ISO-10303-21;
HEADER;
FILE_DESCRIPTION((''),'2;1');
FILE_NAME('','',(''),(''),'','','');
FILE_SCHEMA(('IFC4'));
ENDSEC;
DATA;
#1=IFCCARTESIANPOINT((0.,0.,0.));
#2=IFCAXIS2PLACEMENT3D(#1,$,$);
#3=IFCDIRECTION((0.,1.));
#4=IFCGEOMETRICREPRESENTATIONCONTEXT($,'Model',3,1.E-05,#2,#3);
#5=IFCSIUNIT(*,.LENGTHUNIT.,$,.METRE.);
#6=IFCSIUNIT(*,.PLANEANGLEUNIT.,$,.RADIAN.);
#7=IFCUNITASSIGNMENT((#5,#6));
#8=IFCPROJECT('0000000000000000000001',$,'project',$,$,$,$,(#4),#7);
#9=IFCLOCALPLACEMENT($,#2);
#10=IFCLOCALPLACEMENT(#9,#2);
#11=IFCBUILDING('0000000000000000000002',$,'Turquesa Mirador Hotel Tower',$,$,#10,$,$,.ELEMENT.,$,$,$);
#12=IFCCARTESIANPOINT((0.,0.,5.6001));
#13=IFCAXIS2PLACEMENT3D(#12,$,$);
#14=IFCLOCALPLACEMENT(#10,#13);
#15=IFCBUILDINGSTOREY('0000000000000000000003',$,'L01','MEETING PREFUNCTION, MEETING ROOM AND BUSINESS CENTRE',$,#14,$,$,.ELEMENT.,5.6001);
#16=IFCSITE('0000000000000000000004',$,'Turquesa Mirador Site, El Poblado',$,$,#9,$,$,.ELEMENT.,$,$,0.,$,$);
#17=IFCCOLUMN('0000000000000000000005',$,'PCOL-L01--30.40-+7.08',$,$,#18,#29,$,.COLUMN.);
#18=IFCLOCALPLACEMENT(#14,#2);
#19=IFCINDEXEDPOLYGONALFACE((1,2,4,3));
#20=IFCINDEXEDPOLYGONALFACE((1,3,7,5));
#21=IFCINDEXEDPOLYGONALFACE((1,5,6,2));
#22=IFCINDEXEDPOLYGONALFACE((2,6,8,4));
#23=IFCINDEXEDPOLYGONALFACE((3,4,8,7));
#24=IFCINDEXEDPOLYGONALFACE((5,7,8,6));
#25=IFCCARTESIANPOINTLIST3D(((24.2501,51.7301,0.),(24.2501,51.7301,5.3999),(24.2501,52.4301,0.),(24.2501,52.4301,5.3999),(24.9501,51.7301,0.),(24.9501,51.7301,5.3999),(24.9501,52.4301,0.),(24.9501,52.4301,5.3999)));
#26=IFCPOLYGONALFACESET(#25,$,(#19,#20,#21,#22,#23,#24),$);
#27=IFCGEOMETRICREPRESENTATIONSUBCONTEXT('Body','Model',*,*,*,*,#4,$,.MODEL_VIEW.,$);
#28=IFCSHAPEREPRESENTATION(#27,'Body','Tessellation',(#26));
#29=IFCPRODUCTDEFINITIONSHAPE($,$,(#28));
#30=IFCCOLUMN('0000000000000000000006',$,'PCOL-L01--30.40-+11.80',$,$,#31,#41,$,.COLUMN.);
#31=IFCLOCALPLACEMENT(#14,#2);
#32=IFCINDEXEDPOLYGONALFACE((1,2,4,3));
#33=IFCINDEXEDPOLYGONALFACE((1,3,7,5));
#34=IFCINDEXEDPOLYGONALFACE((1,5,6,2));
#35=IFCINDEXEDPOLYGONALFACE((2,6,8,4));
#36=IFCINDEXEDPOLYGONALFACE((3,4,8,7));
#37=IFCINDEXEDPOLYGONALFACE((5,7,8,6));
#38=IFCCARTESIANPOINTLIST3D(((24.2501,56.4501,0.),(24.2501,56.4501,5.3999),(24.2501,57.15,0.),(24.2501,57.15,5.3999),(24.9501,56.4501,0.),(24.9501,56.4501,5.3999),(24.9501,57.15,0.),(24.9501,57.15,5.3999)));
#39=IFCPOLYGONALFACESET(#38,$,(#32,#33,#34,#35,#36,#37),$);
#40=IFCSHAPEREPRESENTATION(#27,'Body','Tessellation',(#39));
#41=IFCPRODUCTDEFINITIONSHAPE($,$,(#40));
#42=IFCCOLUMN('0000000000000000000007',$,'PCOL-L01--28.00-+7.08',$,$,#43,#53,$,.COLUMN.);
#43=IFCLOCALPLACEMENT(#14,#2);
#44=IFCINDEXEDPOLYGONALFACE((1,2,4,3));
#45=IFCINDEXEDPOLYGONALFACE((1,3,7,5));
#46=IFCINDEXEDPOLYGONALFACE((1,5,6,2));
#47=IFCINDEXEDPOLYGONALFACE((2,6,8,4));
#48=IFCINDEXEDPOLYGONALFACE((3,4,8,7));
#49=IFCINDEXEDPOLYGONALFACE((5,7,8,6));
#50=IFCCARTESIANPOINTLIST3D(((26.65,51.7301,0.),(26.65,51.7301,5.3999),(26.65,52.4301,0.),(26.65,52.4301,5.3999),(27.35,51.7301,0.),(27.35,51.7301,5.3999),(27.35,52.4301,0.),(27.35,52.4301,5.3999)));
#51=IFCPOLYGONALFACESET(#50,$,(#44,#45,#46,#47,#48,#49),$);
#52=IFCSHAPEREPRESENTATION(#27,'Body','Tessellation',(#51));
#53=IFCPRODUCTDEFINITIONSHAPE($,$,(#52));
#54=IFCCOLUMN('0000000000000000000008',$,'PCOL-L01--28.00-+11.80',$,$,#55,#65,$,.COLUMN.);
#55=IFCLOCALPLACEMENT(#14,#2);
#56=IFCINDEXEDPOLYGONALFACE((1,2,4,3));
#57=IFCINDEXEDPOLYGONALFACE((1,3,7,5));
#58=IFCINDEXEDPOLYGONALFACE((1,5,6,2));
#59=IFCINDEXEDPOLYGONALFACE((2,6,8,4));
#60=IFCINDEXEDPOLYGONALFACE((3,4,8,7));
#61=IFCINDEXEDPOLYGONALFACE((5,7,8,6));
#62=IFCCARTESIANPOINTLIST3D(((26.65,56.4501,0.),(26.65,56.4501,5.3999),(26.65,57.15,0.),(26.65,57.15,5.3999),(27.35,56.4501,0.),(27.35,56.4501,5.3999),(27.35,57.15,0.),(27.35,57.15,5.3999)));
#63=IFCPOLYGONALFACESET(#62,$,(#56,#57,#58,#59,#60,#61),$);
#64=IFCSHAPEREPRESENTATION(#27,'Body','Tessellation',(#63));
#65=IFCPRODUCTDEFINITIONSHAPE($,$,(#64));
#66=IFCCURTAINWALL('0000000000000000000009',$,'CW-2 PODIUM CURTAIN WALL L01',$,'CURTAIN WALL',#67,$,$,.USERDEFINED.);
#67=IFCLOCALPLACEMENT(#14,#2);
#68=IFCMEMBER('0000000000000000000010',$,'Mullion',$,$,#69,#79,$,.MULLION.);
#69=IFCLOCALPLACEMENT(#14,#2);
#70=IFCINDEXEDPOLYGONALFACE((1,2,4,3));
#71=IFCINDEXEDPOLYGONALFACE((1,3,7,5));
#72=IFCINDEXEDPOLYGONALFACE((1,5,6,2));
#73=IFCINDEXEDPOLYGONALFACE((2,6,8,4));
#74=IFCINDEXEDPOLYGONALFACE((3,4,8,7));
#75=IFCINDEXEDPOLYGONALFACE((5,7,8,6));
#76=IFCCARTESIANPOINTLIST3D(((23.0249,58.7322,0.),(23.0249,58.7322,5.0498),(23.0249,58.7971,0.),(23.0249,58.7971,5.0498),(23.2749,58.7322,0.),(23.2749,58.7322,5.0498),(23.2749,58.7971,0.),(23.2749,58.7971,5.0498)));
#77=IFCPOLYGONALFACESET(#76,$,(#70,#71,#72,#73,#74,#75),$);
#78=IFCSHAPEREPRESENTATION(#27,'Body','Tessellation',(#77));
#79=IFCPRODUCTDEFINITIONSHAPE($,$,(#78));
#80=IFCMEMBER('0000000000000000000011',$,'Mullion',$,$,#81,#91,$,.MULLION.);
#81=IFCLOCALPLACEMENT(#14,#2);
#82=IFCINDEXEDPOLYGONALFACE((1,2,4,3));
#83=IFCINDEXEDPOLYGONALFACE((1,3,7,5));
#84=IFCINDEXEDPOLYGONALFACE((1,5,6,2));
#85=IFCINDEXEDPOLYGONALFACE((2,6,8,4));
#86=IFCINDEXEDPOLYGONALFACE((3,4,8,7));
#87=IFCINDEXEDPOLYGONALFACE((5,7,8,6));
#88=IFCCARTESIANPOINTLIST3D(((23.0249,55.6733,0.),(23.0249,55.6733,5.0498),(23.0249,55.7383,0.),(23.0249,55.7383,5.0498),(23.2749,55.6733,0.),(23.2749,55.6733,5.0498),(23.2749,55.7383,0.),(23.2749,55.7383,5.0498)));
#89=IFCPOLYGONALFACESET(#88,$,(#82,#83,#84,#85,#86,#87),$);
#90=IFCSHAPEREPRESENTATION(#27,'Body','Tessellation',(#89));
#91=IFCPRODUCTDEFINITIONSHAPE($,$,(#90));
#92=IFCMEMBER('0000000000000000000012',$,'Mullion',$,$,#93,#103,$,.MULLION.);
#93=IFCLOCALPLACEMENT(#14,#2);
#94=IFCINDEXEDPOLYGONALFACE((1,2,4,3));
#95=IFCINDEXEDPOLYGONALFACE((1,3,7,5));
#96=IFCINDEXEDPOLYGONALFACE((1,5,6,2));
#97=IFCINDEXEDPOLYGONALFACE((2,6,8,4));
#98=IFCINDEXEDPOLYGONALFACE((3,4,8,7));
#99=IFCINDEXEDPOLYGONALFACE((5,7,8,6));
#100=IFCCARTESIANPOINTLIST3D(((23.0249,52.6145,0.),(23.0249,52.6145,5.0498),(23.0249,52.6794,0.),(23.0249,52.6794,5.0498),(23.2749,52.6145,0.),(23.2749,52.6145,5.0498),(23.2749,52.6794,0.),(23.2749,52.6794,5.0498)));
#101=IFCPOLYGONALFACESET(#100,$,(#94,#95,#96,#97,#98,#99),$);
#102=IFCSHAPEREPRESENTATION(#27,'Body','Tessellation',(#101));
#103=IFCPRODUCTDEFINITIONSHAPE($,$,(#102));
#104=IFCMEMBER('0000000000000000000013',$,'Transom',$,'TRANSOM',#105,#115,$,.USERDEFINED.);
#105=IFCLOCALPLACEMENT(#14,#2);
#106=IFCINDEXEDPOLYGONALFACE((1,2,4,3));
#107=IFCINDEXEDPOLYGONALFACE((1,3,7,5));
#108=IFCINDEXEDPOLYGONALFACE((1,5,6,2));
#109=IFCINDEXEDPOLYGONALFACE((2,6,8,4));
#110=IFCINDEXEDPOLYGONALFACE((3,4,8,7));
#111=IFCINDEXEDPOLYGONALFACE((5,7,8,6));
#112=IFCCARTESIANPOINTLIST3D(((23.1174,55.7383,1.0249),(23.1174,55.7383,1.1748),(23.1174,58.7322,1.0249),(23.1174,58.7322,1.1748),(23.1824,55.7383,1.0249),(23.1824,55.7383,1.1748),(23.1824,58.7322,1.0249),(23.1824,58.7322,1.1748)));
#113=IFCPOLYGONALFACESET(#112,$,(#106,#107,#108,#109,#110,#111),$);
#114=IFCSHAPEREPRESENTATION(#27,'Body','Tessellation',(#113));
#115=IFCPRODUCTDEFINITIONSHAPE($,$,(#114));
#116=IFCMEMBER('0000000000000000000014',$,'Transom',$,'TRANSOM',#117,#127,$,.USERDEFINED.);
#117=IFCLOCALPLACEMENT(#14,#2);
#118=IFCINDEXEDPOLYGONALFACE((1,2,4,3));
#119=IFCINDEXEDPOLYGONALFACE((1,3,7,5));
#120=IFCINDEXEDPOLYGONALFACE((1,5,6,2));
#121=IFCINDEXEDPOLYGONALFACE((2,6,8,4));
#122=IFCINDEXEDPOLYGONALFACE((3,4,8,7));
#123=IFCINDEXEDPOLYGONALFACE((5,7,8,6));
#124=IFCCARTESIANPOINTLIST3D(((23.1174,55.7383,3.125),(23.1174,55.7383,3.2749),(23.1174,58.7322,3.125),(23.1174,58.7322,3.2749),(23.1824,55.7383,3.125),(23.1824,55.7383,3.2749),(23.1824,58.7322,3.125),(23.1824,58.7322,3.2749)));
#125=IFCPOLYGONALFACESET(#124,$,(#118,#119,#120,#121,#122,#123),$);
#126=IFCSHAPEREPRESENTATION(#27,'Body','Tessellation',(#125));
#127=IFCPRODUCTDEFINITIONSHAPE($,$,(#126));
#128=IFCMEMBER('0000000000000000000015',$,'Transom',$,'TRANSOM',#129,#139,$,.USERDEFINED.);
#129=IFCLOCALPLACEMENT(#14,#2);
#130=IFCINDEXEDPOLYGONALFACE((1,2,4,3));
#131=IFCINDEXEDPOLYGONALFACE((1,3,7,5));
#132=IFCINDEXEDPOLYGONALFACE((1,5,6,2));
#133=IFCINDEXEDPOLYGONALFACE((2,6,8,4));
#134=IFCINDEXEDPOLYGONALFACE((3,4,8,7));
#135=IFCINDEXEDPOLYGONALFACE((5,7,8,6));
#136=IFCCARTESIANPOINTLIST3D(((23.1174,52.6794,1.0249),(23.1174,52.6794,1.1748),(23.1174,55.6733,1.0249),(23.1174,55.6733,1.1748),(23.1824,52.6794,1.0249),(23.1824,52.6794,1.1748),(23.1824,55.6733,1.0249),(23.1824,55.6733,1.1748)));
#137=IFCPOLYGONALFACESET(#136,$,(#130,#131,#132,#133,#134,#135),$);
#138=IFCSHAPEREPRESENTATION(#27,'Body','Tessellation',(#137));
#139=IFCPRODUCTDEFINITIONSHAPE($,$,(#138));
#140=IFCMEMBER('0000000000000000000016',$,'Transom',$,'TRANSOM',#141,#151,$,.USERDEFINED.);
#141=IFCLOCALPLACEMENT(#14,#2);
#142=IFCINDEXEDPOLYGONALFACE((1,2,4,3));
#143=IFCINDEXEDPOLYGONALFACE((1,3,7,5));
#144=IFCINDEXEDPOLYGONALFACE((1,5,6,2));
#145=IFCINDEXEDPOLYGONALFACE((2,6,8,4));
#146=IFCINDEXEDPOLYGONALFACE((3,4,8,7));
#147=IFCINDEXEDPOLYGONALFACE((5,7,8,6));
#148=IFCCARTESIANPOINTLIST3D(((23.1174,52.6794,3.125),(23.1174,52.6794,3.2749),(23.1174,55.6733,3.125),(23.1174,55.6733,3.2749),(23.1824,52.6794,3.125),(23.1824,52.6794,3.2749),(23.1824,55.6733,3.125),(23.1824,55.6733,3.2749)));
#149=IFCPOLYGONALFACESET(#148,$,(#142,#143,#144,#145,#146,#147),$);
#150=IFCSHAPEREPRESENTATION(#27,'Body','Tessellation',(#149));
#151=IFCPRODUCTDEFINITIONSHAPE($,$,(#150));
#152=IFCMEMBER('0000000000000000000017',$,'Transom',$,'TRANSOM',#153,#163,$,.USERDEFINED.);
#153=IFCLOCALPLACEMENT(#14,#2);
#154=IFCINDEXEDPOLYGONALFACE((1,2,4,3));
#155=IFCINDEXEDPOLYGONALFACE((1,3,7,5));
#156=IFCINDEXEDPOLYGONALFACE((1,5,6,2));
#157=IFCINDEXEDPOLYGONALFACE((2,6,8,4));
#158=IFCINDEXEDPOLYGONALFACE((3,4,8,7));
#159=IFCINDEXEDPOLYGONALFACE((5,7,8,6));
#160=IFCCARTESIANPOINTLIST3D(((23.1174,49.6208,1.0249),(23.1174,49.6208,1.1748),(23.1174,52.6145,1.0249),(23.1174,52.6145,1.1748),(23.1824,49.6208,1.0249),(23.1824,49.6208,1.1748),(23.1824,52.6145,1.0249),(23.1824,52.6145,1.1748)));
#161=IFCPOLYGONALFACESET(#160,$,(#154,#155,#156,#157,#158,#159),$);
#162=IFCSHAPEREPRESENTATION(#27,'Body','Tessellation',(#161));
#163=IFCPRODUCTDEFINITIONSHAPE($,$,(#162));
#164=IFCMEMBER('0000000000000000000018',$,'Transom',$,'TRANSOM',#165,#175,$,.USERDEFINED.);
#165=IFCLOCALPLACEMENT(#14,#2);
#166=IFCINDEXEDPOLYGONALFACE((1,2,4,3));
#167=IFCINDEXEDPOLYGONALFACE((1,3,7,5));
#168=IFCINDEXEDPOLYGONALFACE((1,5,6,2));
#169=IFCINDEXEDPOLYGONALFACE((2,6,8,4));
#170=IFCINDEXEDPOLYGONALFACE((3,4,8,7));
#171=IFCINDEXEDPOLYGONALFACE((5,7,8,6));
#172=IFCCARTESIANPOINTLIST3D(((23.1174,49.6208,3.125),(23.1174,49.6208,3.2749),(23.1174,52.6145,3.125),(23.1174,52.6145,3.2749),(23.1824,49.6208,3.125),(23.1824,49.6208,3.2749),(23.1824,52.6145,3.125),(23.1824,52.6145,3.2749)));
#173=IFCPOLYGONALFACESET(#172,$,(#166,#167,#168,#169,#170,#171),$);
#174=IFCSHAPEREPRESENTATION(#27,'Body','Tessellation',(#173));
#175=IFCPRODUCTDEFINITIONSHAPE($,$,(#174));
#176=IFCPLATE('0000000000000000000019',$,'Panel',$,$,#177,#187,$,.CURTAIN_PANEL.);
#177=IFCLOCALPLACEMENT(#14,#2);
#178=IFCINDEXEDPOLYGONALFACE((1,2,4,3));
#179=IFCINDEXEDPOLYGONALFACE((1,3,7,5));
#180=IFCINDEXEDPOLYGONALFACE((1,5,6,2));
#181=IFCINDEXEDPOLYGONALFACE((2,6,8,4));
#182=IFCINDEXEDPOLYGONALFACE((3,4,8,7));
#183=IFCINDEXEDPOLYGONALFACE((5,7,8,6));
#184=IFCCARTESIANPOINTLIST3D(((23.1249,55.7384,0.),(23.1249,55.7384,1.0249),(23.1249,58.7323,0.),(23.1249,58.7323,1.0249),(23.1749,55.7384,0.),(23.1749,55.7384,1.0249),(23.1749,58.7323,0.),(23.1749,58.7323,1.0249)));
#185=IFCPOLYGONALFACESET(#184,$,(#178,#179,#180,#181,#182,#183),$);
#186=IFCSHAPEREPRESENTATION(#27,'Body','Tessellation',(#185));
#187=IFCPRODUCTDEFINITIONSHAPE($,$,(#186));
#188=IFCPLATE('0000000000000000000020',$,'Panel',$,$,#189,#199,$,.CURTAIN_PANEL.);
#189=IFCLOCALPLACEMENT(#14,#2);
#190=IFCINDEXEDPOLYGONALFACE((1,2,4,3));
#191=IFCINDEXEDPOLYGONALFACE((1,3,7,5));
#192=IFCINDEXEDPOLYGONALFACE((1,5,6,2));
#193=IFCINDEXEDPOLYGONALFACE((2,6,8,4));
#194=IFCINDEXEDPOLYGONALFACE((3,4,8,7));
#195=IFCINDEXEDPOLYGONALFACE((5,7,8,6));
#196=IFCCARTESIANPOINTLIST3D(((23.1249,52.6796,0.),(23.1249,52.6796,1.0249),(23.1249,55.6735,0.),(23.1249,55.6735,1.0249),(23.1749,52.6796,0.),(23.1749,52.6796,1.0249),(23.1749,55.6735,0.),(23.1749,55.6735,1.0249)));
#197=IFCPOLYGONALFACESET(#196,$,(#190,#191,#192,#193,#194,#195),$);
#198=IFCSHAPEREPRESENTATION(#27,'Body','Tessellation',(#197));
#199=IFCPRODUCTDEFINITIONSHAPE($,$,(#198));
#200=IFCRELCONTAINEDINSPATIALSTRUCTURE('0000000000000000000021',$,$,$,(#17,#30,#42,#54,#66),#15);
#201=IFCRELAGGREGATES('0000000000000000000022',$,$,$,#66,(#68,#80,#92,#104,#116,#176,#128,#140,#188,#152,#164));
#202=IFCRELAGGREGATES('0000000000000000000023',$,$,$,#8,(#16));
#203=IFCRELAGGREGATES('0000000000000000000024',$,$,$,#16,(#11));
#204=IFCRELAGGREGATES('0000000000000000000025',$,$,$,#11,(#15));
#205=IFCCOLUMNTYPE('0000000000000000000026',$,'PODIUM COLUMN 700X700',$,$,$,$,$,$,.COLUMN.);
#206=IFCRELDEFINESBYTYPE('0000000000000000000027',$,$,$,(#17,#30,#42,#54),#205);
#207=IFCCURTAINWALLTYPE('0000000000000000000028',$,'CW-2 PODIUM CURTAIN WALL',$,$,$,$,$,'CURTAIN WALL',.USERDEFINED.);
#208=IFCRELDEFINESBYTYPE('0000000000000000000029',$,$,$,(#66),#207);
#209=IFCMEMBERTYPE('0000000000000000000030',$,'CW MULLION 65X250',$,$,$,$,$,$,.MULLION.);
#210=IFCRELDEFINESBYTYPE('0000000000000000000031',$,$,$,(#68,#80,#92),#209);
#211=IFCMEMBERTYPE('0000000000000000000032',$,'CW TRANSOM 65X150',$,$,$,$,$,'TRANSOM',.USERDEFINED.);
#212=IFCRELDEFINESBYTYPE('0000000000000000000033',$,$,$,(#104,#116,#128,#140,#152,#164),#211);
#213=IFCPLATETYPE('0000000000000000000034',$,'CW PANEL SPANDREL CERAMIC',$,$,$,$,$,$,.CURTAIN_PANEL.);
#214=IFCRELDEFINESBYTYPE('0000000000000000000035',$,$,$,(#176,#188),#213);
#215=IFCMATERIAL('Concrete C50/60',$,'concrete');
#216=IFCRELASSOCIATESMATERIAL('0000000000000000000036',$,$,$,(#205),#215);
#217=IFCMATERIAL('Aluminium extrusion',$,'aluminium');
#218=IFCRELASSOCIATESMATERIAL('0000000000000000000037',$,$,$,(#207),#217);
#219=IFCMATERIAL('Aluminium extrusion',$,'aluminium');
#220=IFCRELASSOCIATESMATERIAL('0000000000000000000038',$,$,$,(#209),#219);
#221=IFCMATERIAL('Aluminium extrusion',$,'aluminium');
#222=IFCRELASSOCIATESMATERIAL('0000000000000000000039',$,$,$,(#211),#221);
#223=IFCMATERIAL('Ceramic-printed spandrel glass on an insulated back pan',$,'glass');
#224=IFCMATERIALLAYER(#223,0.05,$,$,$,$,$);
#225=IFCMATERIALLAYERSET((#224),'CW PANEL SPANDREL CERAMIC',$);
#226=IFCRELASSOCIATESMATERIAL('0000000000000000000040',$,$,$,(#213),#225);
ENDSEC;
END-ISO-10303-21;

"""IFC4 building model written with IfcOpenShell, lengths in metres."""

from ifc_helpers import new_model, si_unit, direction, frame, origin, origin_2d, place, context, subcontext, project, spatial, rectangle, extrude, material, layer, layer_set, material_profile, profile_set, type_object, element, aggregate, save


model = new_model("IFC4")

# Units and contexts
model_context = context("Model", 3, precision=1e-05, world=origin(), true_north=direction((0.0, 1.0)))
body_context = subcontext(model_context, "Body", "Model", "MODEL_VIEW")
ifc_project = project(units=[si_unit("LENGTHUNIT", "METRE"), si_unit("PLANEANGLEUNIT", "RADIAN")], contexts=[model_context])

# Site, building, storey
site_placement = place(None, origin())
site = spatial("IfcSite", under=ifc_project, at=site_placement, Name="Turquesa Mirador Site, El Poblado", CompositionType="ELEMENT", RefElevation=0.0)
building_placement = place(site_placement, origin())
building = spatial("IfcBuilding", under=site, at=building_placement, Name="Turquesa Mirador Hotel Tower", CompositionType="ELEMENT")
storey_placement = place(building_placement, frame((0.0, 0.0, 5.6001)))
storey = spatial("IfcBuildingStorey", under=building, at=storey_placement, Name="L01", Description="MEETING PREFUNCTION, MEETING ROOM AND BUSINESS CENTRE", CompositionType="ELEMENT", Elevation=5.6001)

# Columns
ifc_material_1 = material(Name="Concrete C50/60", Category="concrete")
ifc_material_profile_1 = material_profile(ifc_material_1, rectangle(XDim=0.7, YDim=0.7, at=origin_2d()), Name="RC 700X700")
ifc_profile_set_1 = profile_set([ifc_material_profile_1], Name="Concrete C50/60")
column_type = type_object("IfcColumnType", Name="PODIUM COLUMN 700X700", PredefinedType="COLUMN", material=ifc_profile_set_1)
for number, where, z_axis, x_axis, name in (
    (1, (24.6001, 52.0801, 0.0), (0.0, 0.0, 1.0), (1.0, 0.0, 0.0), "PCOL-L01--30.40-+7.08"),
    (2, (24.6001, 56.8, 0.0), (0.0, 0.0, 1.0), (1.0, 0.0, 0.0), "PCOL-L01--30.40-+11.80"),
    (3, (27.0, 52.0801, 0.0), (0.0, 0.0, 1.0), (1.0, 0.0, 0.0), "PCOL-L01--28.00-+7.08"),
    (4, (27.0, 56.8, 0.0), (0.0, 0.0, 1.0), (1.0, 0.0, 0.0), "PCOL-L01--28.00-+11.80"),
):
    element("IfcColumn", number, at=place(storey_placement, frame(where, z_axis=z_axis, x_axis=x_axis)), inside=storey, type_object=column_type, Name=name, PredefinedType="COLUMN", context=body_context, shape_type="SweptSolid", body=[
        extrude(rectangle(XDim=0.7, YDim=0.7, at=origin_2d()), origin(), (0.0, 0.0, 1.0), 5.3999),
    ])

# Curtain wall, members, plates
ifc_material_2 = material(Name="Aluminium extrusion", Category="aluminium")
curtain_wall_type = type_object("IfcCurtainWallType", Name="CW-2 PODIUM CURTAIN WALL", ElementType="CURTAIN WALL", PredefinedType="USERDEFINED", material=ifc_material_2)
curtain_wall_placement = place(storey_placement, origin())
curtain_wall = element("IfcCurtainWall", 5, at=curtain_wall_placement, inside=storey, type_object=curtain_wall_type, Name="CW-2 PODIUM CURTAIN WALL L01", ObjectType="CURTAIN WALL", PredefinedType="USERDEFINED")
ifc_material_3 = material(Name="Aluminium extrusion", Category="aluminium")
ifc_material_profile_2 = material_profile(ifc_material_3, rectangle(XDim=0.0649, YDim=0.25, at=origin_2d()), Name="MULLION 65X250")
ifc_profile_set_2 = profile_set([ifc_material_profile_2], Name="Aluminium extrusion")
member_type_1 = type_object("IfcMemberType", Name="CW MULLION 65X250", PredefinedType="MULLION", material=ifc_profile_set_2)
member_1_placement = place(storey_placement, frame((23.1499, 58.7646, 0.0), z_axis=(0.0, 0.0, 1.0), x_axis=(0.0, -1.0, 0.0)))
member_1 = element("IfcMember", 6, at=member_1_placement, type_object=member_type_1, Name="Mullion", PredefinedType="MULLION", context=body_context, shape_type="SweptSolid", body=[
    extrude(rectangle(XDim=0.0649, YDim=0.25, at=origin_2d()), origin(), (0.0, 0.0, 1.0), 5.0498),
])
member_2_placement = place(storey_placement, frame((23.1499, 55.7058, 0.0), z_axis=(0.0, 0.0, 1.0), x_axis=(0.0, -1.0, 0.0)))
member_2 = element("IfcMember", 7, at=member_2_placement, type_object=member_type_1, Name="Mullion", PredefinedType="MULLION", context=body_context, shape_type="SweptSolid", body=[
    extrude(rectangle(XDim=0.0649, YDim=0.25, at=origin_2d()), origin(), (0.0, 0.0, 1.0), 5.0498),
])
member_3_placement = place(storey_placement, frame((23.1499, 52.647, 0.0), z_axis=(0.0, 0.0, 1.0), x_axis=(0.0, -1.0, 0.0)))
member_3 = element("IfcMember", 8, at=member_3_placement, type_object=member_type_1, Name="Mullion", PredefinedType="MULLION", context=body_context, shape_type="SweptSolid", body=[
    extrude(rectangle(XDim=0.0649, YDim=0.25, at=origin_2d()), origin(), (0.0, 0.0, 1.0), 5.0498),
])
ifc_material_4 = material(Name="Aluminium extrusion", Category="aluminium")
ifc_material_profile_3 = material_profile(ifc_material_4, rectangle(XDim=0.0649, YDim=0.1499, at=origin_2d()), Name="TRANSOM 65X150")
ifc_profile_set_3 = profile_set([ifc_material_profile_3], Name="Aluminium extrusion")
member_type_2 = type_object("IfcMemberType", Name="CW TRANSOM 65X150", ElementType="TRANSOM", PredefinedType="USERDEFINED", material=ifc_profile_set_3)
member_4_placement = place(storey_placement, frame((23.1499, 58.7322, 1.0999), z_axis=(0.0, -1.0, 0.0), x_axis=(1.0, 0.0, 0.0)))
member_4 = element("IfcMember", 9, at=member_4_placement, type_object=member_type_2, Name="Transom", ObjectType="TRANSOM", PredefinedType="USERDEFINED", context=body_context, shape_type="SweptSolid", body=[
    extrude(rectangle(XDim=0.0649, YDim=0.1499, at=origin_2d()), origin(), (0.0, 0.0, 1.0), 2.9939),
])
member_5_placement = place(storey_placement, frame((23.1499, 58.7322, 3.2), z_axis=(0.0, -1.0, 0.0), x_axis=(1.0, 0.0, 0.0)))
member_5 = element("IfcMember", 10, at=member_5_placement, type_object=member_type_2, Name="Transom", ObjectType="TRANSOM", PredefinedType="USERDEFINED", context=body_context, shape_type="SweptSolid", body=[
    extrude(rectangle(XDim=0.0649, YDim=0.1499, at=origin_2d()), origin(), (0.0, 0.0, 1.0), 2.9939),
])
member_6_placement = place(storey_placement, frame((23.1499, 55.6733, 1.0999), z_axis=(0.0, -1.0, 0.0), x_axis=(1.0, 0.0, 0.0)))
member_6 = element("IfcMember", 11, at=member_6_placement, type_object=member_type_2, Name="Transom", ObjectType="TRANSOM", PredefinedType="USERDEFINED", context=body_context, shape_type="SweptSolid", body=[
    extrude(rectangle(XDim=0.0649, YDim=0.1499, at=origin_2d()), origin(), (0.0, 0.0, 1.0), 2.9939),
])
member_7_placement = place(storey_placement, frame((23.1499, 55.6733, 3.2), z_axis=(0.0, -1.0, 0.0), x_axis=(1.0, 0.0, 0.0)))
member_7 = element("IfcMember", 12, at=member_7_placement, type_object=member_type_2, Name="Transom", ObjectType="TRANSOM", PredefinedType="USERDEFINED", context=body_context, shape_type="SweptSolid", body=[
    extrude(rectangle(XDim=0.0649, YDim=0.1499, at=origin_2d()), origin(), (0.0, 0.0, 1.0), 2.9939),
])
member_8_placement = place(storey_placement, frame((23.1499, 52.6145, 1.0999), z_axis=(0.0, -1.0, 0.0), x_axis=(1.0, 0.0, 0.0)))
member_8 = element("IfcMember", 13, at=member_8_placement, type_object=member_type_2, Name="Transom", ObjectType="TRANSOM", PredefinedType="USERDEFINED", context=body_context, shape_type="SweptSolid", body=[
    extrude(rectangle(XDim=0.0649, YDim=0.1499, at=origin_2d()), origin(), (0.0, 0.0, 1.0), 2.9937),
])
member_9_placement = place(storey_placement, frame((23.1499, 52.6145, 3.2), z_axis=(0.0, -1.0, 0.0), x_axis=(1.0, 0.0, 0.0)))
member_9 = element("IfcMember", 14, at=member_9_placement, type_object=member_type_2, Name="Transom", ObjectType="TRANSOM", PredefinedType="USERDEFINED", context=body_context, shape_type="SweptSolid", body=[
    extrude(rectangle(XDim=0.0649, YDim=0.1499, at=origin_2d()), origin(), (0.0, 0.0, 1.0), 2.9937),
])
ifc_material_5 = material(Name="Ceramic-printed spandrel glass on an insulated back pan", Category="glass")
ifc_layer_1 = layer(ifc_material_5, 0.05)
ifc_layer_set_1 = layer_set([ifc_layer_1], Name="CW PANEL SPANDREL CERAMIC")
plate_type_1 = type_object("IfcPlateType", Name="CW PANEL SPANDREL CERAMIC", PredefinedType="CURTAIN_PANEL", material=ifc_layer_set_1)
plate_1_placement = place(storey_placement, frame((23.1499, 57.2354, 0.0), z_axis=(0.0, 0.0, 1.0), x_axis=(0.0, -1.0, 0.0)))
plate_1 = element("IfcPlate", 15, at=plate_1_placement, type_object=plate_type_1, Name="Panel", PredefinedType="CURTAIN_PANEL", context=body_context, shape_type="SweptSolid", body=[
    extrude(rectangle(XDim=2.9939, YDim=0.05, at=origin_2d()), origin(), (0.0, 0.0, 1.0), 1.0249),
])
plate_2_placement = place(storey_placement, frame((23.1499, 54.1765, 0.0), z_axis=(0.0, 0.0, 1.0), x_axis=(0.0, -1.0, 0.0)))
plate_2 = element("IfcPlate", 16, at=plate_2_placement, type_object=plate_type_1, Name="Panel", PredefinedType="CURTAIN_PANEL", context=body_context, shape_type="SweptSolid", body=[
    extrude(rectangle(XDim=2.9939, YDim=0.05, at=origin_2d()), origin(), (0.0, 0.0, 1.0), 1.0249),
])
aggregate(curtain_wall, [member_1, member_2, member_3, member_4, member_5, plate_1, member_6, member_7, plate_2, member_8, member_9])

save(model, "model.ifc")
